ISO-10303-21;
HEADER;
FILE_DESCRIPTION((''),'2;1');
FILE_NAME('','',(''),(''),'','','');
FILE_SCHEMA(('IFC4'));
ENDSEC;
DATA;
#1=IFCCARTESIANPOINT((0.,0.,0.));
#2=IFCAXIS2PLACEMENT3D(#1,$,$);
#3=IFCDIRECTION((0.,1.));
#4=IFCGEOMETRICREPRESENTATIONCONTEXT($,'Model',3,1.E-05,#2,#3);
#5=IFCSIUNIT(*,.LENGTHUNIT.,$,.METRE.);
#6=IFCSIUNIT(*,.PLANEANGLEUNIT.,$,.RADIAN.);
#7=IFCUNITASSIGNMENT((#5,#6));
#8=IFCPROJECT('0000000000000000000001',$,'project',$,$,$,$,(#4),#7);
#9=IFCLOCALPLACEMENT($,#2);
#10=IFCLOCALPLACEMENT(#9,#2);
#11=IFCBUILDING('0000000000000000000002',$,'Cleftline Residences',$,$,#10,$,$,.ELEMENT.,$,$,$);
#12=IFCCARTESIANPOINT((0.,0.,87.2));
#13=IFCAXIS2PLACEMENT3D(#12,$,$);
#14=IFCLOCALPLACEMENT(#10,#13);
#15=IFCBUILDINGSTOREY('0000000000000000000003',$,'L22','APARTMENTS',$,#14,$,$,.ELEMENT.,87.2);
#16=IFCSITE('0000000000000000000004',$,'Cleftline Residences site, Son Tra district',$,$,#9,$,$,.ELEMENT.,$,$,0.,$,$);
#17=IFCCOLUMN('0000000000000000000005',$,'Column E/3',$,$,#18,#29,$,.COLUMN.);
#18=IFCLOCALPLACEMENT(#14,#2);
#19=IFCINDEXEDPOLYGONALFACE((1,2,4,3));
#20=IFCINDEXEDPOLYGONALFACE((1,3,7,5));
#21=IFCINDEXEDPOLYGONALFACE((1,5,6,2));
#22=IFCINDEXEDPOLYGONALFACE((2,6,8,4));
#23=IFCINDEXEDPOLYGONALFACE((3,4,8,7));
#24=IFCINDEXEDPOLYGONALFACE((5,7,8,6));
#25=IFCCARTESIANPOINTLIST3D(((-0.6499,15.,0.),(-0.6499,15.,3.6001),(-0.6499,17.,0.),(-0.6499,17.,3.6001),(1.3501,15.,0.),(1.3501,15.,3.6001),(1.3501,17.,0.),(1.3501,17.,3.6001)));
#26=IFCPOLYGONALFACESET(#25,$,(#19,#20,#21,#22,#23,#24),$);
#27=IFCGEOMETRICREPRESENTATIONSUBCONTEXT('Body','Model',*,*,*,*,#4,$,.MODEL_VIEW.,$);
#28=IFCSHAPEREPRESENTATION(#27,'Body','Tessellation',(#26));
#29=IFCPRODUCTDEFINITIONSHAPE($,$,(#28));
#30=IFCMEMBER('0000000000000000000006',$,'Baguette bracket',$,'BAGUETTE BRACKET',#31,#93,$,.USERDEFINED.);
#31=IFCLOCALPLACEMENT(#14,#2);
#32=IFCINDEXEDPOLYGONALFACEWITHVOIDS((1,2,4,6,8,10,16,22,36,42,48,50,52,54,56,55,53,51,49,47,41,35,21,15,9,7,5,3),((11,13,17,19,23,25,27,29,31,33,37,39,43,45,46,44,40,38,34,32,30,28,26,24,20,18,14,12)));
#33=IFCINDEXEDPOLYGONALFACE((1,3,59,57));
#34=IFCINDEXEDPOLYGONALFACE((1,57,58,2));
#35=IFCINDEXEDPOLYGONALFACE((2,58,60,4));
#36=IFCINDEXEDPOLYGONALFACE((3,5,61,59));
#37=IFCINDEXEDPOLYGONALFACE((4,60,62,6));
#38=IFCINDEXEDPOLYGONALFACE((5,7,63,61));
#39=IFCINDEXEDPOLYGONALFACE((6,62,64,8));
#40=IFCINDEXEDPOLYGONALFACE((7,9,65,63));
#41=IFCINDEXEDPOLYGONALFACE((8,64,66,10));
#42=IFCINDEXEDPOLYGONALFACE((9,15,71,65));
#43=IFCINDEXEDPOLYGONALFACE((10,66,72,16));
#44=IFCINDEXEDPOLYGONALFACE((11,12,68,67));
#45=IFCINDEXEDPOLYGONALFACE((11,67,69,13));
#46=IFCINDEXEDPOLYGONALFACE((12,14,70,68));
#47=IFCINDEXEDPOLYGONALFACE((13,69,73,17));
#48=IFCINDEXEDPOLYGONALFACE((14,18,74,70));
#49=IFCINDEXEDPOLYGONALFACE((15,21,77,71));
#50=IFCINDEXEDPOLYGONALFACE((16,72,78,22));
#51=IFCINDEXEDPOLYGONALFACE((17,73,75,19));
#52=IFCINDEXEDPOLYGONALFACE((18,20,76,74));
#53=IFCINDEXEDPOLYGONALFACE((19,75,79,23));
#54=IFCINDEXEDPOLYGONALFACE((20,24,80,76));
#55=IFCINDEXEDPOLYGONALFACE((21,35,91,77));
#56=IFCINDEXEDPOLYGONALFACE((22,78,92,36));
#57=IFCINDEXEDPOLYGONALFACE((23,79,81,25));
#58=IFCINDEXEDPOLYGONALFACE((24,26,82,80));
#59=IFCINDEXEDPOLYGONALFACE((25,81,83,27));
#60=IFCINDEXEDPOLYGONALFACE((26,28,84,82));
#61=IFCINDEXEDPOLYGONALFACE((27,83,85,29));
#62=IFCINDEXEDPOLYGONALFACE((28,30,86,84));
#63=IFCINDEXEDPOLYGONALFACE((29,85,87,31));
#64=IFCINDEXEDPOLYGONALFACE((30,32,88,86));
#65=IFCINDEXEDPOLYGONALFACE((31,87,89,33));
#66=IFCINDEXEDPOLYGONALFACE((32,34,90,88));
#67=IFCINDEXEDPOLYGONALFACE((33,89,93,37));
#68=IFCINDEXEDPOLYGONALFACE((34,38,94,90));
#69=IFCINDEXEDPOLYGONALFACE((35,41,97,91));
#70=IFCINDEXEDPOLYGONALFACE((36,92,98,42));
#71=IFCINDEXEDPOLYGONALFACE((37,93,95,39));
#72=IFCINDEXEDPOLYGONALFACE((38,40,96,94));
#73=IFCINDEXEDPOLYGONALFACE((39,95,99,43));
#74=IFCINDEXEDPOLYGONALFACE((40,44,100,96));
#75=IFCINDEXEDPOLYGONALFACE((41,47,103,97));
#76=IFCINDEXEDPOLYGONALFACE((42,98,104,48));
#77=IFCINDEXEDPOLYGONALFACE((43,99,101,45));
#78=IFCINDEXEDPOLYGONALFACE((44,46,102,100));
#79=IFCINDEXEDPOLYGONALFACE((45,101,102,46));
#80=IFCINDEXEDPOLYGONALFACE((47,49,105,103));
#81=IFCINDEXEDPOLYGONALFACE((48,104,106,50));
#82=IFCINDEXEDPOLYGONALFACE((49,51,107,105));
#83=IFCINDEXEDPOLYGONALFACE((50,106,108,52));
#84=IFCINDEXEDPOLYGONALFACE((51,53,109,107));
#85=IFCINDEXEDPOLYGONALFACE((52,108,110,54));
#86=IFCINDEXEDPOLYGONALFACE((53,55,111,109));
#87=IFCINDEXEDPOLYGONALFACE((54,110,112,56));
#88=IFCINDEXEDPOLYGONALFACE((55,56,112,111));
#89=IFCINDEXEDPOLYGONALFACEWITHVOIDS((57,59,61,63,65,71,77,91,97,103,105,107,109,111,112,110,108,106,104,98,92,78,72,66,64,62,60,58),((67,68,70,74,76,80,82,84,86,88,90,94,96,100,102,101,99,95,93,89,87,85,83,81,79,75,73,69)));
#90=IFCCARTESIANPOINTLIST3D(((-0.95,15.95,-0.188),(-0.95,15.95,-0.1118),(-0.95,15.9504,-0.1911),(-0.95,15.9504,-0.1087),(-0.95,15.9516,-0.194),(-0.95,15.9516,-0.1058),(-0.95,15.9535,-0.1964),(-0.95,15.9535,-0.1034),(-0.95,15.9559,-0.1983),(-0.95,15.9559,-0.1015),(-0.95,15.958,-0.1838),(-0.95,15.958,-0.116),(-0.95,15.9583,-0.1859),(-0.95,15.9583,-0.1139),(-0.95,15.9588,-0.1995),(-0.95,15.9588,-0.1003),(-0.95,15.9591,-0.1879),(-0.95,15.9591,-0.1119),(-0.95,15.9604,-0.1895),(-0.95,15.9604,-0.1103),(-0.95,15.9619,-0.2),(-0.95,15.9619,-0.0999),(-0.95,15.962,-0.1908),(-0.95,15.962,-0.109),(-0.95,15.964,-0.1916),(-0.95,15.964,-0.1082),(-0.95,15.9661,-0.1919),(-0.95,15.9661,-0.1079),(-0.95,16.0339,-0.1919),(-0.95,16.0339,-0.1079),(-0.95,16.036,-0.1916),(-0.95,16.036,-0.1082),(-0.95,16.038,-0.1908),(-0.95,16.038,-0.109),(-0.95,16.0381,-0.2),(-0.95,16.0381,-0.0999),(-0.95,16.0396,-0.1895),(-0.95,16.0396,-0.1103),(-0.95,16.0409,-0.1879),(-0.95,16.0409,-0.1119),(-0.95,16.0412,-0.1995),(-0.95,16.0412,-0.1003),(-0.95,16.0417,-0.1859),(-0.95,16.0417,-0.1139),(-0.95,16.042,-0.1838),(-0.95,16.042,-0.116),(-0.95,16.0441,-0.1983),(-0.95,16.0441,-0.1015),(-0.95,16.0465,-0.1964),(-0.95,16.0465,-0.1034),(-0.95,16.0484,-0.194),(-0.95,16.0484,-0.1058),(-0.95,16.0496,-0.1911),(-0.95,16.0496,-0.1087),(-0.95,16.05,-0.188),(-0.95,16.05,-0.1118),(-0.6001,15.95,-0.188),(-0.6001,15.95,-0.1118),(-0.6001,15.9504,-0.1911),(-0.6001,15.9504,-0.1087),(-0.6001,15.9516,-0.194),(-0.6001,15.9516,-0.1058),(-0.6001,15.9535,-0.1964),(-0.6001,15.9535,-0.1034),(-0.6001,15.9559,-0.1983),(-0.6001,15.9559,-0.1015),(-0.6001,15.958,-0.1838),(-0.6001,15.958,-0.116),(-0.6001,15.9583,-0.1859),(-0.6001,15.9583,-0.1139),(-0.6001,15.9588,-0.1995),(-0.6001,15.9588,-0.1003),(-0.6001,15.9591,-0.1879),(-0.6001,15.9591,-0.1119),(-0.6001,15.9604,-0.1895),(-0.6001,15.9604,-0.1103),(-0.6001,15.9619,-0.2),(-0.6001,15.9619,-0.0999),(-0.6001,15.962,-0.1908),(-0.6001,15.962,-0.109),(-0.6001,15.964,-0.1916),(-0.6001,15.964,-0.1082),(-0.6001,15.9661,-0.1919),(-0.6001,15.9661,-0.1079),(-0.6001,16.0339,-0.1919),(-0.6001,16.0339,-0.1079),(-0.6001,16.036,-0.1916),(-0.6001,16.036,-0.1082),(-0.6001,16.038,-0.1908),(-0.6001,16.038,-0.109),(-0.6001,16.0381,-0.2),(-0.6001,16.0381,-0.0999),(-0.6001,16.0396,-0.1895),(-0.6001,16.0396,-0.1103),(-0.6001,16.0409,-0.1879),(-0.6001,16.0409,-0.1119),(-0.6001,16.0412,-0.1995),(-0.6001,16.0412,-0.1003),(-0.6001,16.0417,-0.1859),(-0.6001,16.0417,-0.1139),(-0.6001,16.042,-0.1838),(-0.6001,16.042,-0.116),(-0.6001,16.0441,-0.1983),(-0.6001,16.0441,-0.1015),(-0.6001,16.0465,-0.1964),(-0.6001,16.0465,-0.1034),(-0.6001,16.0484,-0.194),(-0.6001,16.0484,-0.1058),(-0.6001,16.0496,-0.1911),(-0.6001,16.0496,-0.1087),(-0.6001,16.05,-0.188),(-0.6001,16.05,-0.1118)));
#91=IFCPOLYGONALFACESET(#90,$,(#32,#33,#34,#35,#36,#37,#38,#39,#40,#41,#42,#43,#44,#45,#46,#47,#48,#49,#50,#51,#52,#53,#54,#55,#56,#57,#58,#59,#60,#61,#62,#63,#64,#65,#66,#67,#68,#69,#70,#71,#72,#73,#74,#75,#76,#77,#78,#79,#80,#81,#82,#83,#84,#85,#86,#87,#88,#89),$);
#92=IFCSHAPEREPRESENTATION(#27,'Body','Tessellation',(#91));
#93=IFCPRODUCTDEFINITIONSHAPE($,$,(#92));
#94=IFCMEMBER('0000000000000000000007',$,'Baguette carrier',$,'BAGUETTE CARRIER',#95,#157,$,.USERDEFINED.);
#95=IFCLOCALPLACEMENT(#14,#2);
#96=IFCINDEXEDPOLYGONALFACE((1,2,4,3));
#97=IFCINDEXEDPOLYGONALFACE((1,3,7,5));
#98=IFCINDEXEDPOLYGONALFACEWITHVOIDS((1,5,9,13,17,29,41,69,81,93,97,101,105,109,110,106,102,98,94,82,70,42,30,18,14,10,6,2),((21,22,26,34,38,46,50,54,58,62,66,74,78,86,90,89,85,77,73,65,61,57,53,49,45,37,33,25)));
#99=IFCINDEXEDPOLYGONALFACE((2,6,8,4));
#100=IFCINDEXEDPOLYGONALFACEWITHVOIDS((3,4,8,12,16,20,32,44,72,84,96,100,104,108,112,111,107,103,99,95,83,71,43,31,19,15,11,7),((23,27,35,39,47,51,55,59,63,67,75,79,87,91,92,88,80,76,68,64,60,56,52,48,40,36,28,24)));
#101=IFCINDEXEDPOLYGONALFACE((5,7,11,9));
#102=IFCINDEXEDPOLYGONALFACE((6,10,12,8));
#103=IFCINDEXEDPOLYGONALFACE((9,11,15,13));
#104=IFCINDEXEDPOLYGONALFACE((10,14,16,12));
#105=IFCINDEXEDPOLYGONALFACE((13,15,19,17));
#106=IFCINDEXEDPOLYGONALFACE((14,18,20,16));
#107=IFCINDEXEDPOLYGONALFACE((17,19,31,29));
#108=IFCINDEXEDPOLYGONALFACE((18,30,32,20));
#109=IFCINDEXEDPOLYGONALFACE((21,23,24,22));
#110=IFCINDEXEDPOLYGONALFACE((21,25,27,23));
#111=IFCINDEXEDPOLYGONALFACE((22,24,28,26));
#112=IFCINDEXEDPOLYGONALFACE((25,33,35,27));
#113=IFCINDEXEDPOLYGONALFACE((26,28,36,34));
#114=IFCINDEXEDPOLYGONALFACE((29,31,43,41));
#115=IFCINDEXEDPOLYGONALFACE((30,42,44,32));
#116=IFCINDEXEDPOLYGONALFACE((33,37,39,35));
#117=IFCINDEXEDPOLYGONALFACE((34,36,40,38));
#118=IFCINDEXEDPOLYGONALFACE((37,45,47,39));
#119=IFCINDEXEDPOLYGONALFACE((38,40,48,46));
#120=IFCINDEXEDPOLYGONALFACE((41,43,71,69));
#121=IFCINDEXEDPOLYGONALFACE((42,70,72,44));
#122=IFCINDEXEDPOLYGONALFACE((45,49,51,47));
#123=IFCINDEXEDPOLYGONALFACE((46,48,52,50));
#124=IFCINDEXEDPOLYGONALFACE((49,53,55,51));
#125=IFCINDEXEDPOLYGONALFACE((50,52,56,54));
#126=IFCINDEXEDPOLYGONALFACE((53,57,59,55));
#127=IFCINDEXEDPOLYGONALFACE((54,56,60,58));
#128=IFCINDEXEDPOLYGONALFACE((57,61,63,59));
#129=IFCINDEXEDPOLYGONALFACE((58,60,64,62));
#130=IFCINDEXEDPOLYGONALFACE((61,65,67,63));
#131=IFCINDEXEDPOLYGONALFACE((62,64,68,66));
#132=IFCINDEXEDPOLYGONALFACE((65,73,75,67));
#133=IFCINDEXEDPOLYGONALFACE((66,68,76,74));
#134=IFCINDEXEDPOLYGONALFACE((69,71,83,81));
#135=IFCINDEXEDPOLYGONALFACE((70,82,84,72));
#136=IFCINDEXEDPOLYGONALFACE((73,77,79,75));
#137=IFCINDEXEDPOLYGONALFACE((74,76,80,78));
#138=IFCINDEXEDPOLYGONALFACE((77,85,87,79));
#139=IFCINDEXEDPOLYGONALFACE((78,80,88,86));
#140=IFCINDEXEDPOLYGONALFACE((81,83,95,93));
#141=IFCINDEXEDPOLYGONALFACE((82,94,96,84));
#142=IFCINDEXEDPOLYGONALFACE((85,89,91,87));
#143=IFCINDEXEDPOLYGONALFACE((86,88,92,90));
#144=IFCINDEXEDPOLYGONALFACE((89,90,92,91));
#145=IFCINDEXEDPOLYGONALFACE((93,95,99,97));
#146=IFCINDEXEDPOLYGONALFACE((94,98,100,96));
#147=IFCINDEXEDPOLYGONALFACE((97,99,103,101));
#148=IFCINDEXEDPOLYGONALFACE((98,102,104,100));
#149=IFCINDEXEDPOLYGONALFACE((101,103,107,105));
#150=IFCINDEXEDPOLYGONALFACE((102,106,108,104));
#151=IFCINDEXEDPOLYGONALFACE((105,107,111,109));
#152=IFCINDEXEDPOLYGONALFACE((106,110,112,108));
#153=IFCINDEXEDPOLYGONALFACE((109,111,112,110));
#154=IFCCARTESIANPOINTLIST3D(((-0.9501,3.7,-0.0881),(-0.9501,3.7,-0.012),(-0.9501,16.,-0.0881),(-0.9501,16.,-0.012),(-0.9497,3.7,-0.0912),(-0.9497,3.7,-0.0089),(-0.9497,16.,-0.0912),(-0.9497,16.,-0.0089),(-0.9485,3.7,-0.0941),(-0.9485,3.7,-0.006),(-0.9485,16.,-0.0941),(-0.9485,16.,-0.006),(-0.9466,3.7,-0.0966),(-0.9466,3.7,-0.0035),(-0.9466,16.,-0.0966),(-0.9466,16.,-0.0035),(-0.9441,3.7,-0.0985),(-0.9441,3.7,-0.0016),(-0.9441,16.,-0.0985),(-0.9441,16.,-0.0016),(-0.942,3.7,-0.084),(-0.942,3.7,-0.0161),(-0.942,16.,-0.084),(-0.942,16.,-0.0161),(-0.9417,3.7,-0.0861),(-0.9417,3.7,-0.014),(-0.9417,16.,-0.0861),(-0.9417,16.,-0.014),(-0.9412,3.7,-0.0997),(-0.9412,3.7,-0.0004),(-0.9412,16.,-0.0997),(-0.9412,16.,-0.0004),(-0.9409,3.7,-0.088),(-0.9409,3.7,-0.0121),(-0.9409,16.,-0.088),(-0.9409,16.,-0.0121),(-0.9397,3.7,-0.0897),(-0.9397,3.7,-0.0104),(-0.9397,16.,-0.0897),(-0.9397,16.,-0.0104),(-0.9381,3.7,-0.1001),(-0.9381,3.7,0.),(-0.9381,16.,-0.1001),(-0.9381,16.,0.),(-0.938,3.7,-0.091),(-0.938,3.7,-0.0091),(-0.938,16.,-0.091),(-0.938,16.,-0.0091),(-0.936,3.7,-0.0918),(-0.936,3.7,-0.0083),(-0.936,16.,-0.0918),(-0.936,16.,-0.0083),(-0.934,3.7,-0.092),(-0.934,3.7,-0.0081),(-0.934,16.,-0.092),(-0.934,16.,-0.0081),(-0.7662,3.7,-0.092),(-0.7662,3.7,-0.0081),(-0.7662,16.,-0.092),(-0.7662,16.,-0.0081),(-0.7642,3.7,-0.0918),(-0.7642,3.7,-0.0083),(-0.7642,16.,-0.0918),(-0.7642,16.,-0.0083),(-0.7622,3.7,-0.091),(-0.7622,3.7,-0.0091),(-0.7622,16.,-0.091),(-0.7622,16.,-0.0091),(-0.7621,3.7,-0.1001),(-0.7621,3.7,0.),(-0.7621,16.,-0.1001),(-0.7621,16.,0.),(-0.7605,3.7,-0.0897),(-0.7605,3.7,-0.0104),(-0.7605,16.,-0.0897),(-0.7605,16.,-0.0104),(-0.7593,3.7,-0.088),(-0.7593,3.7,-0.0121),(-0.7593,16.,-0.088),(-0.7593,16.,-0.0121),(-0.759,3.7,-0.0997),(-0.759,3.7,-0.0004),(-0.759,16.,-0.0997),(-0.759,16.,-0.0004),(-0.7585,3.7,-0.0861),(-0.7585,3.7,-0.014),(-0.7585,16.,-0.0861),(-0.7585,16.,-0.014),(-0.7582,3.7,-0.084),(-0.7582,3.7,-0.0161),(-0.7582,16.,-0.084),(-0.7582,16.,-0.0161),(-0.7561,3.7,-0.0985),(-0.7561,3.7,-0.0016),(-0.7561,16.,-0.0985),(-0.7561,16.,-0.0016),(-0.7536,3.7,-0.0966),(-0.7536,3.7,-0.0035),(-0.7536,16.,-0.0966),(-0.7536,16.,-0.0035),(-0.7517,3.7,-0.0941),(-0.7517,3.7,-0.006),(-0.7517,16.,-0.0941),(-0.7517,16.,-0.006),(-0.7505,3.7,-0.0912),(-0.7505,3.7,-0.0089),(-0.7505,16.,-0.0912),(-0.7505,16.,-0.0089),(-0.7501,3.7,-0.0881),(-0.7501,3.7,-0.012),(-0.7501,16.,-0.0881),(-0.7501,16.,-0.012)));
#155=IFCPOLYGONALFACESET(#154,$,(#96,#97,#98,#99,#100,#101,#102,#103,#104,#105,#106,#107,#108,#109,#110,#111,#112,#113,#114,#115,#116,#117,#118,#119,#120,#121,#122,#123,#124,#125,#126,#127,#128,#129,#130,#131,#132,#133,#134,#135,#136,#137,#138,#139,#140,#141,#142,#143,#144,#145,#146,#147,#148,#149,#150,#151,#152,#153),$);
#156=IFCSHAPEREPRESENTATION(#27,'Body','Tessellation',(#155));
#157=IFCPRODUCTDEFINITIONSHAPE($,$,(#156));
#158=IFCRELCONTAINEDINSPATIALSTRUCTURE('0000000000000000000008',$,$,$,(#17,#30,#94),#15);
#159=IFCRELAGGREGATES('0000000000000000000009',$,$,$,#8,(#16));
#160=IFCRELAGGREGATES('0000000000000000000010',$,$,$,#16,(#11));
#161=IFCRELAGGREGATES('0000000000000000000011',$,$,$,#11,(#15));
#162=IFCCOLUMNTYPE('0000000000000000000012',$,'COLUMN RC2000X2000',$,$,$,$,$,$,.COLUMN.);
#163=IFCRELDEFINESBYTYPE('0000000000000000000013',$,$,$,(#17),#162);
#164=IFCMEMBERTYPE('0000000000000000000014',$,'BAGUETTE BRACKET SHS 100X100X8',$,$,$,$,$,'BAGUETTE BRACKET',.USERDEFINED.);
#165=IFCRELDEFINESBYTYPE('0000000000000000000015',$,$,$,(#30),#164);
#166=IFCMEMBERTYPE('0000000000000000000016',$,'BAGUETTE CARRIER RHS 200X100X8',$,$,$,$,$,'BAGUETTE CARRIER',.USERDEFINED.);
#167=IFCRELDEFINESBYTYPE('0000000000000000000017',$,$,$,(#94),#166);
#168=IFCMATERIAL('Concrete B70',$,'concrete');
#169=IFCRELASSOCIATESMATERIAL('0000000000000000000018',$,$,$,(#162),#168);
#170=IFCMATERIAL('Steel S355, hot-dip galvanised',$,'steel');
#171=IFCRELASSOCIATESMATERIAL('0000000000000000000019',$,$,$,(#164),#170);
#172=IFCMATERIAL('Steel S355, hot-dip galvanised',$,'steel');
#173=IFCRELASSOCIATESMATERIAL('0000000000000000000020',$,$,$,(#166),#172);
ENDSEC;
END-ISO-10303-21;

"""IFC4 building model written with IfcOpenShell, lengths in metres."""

from ifc_helpers import new_model, si_unit, direction, frame, origin, origin_2d, place, context, subcontext, project, spatial, rectangle, hollow_rectangle, extrude, material, material_profile, profile_set, type_object, element, save


model = new_model("IFC4")

# Units and contexts
model_context = context("Model", 3, precision=1e-05, world=origin(), true_north=direction((0.0, 1.0)))
body_context = subcontext(model_context, "Body", "Model", "MODEL_VIEW")
ifc_project = project(units=[si_unit("LENGTHUNIT", "METRE"), si_unit("PLANEANGLEUNIT", "RADIAN")], contexts=[model_context])

# Site, building, storey
site_placement = place(None, origin())
site = spatial("IfcSite", under=ifc_project, at=site_placement, Name="Cleftline Residences site, Son Tra district", CompositionType="ELEMENT", RefElevation=0.0)
building_placement = place(site_placement, origin())
building = spatial("IfcBuilding", under=site, at=building_placement, Name="Cleftline Residences", CompositionType="ELEMENT")
storey_placement = place(building_placement, frame((0.0, 0.0, 87.2)))
storey = spatial("IfcBuildingStorey", under=building, at=storey_placement, Name="L22", Description="APARTMENTS", CompositionType="ELEMENT", Elevation=87.2)

# Column
ifc_material_1 = material(Name="Concrete B70", Category="concrete")
ifc_material_profile_1 = material_profile(ifc_material_1, rectangle(XDim=2.0, YDim=2.0, at=origin_2d()))
ifc_profile_set_1 = profile_set([ifc_material_profile_1], Name="Concrete B70")
column_type = type_object("IfcColumnType", Name="COLUMN RC2000X2000", PredefinedType="COLUMN", material=ifc_profile_set_1)
column_placement = place(storey_placement, frame((0.3501, 16.0, 0.0), z_axis=(0.0, 0.0, 1.0), x_axis=(1.0, 0.0, 0.0)))
element("IfcColumn", 1, at=column_placement, inside=storey, type_object=column_type, Name="Column E/3", PredefinedType="COLUMN", context=body_context, shape_type="SweptSolid", body=[
    extrude(rectangle(XDim=2.0, YDim=2.0, at=origin_2d()), origin(), (0.0, 0.0, 1.0), 3.6001),
])

# Members
ifc_material_2 = material(Name="Steel S355, hot-dip galvanised", Category="steel")
ifc_material_profile_2 = material_profile(ifc_material_2, hollow_rectangle(XDim=0.1001, YDim=0.1001, WallThickness=0.0081, InnerFilletRadius=0.0081, OuterFilletRadius=0.012, at=origin_2d()))
ifc_profile_set_2 = profile_set([ifc_material_profile_2], Name="Steel S355, hot-dip galvanised")
member_type_1 = type_object("IfcMemberType", Name="BAGUETTE BRACKET SHS 100X100X8", ElementType="BAGUETTE BRACKET", PredefinedType="USERDEFINED", material=ifc_profile_set_2)
member_1_placement = place(storey_placement, frame((-0.6001, 16.0, -0.1499), z_axis=(-1.0, 0.0, 0.0), x_axis=(0.0, -1.0, 0.0)))
element("IfcMember", 2, at=member_1_placement, inside=storey, type_object=member_type_1, Name="Baguette bracket", ObjectType="BAGUETTE BRACKET", PredefinedType="USERDEFINED", context=body_context, shape_type="SweptSolid", body=[
    extrude(hollow_rectangle(XDim=0.1001, YDim=0.1001, WallThickness=0.0081, InnerFilletRadius=0.0081, OuterFilletRadius=0.012, at=origin_2d()), origin(), (0.0, 0.0, 1.0), 0.3499),
])
ifc_material_3 = material(Name="Steel S355, hot-dip galvanised", Category="steel")
ifc_material_profile_3 = material_profile(ifc_material_3, hollow_rectangle(XDim=0.1001, YDim=0.2, WallThickness=0.0081, InnerFilletRadius=0.0081, OuterFilletRadius=0.012, at=origin_2d()))
ifc_profile_set_3 = profile_set([ifc_material_profile_3], Name="Steel S355, hot-dip galvanised")
member_type_2 = type_object("IfcMemberType", Name="BAGUETTE CARRIER RHS 200X100X8", ElementType="BAGUETTE CARRIER", PredefinedType="USERDEFINED", material=ifc_profile_set_3)
member_2_placement = place(storey_placement, frame((-0.8501, 16.0, -0.05), z_axis=(0.0, -1.0, 0.0), x_axis=(0.0, 0.0, 1.0)))
element("IfcMember", 3, at=member_2_placement, inside=storey, type_object=member_type_2, Name="Baguette carrier", ObjectType="BAGUETTE CARRIER", PredefinedType="USERDEFINED", context=body_context, shape_type="SweptSolid", body=[
    extrude(hollow_rectangle(XDim=0.1001, YDim=0.2, WallThickness=0.0081, InnerFilletRadius=0.0081, OuterFilletRadius=0.012, at=origin_2d()), origin(), (0.0, 0.0, 1.0), 12.3),
])

save(model, "model.ifc")
